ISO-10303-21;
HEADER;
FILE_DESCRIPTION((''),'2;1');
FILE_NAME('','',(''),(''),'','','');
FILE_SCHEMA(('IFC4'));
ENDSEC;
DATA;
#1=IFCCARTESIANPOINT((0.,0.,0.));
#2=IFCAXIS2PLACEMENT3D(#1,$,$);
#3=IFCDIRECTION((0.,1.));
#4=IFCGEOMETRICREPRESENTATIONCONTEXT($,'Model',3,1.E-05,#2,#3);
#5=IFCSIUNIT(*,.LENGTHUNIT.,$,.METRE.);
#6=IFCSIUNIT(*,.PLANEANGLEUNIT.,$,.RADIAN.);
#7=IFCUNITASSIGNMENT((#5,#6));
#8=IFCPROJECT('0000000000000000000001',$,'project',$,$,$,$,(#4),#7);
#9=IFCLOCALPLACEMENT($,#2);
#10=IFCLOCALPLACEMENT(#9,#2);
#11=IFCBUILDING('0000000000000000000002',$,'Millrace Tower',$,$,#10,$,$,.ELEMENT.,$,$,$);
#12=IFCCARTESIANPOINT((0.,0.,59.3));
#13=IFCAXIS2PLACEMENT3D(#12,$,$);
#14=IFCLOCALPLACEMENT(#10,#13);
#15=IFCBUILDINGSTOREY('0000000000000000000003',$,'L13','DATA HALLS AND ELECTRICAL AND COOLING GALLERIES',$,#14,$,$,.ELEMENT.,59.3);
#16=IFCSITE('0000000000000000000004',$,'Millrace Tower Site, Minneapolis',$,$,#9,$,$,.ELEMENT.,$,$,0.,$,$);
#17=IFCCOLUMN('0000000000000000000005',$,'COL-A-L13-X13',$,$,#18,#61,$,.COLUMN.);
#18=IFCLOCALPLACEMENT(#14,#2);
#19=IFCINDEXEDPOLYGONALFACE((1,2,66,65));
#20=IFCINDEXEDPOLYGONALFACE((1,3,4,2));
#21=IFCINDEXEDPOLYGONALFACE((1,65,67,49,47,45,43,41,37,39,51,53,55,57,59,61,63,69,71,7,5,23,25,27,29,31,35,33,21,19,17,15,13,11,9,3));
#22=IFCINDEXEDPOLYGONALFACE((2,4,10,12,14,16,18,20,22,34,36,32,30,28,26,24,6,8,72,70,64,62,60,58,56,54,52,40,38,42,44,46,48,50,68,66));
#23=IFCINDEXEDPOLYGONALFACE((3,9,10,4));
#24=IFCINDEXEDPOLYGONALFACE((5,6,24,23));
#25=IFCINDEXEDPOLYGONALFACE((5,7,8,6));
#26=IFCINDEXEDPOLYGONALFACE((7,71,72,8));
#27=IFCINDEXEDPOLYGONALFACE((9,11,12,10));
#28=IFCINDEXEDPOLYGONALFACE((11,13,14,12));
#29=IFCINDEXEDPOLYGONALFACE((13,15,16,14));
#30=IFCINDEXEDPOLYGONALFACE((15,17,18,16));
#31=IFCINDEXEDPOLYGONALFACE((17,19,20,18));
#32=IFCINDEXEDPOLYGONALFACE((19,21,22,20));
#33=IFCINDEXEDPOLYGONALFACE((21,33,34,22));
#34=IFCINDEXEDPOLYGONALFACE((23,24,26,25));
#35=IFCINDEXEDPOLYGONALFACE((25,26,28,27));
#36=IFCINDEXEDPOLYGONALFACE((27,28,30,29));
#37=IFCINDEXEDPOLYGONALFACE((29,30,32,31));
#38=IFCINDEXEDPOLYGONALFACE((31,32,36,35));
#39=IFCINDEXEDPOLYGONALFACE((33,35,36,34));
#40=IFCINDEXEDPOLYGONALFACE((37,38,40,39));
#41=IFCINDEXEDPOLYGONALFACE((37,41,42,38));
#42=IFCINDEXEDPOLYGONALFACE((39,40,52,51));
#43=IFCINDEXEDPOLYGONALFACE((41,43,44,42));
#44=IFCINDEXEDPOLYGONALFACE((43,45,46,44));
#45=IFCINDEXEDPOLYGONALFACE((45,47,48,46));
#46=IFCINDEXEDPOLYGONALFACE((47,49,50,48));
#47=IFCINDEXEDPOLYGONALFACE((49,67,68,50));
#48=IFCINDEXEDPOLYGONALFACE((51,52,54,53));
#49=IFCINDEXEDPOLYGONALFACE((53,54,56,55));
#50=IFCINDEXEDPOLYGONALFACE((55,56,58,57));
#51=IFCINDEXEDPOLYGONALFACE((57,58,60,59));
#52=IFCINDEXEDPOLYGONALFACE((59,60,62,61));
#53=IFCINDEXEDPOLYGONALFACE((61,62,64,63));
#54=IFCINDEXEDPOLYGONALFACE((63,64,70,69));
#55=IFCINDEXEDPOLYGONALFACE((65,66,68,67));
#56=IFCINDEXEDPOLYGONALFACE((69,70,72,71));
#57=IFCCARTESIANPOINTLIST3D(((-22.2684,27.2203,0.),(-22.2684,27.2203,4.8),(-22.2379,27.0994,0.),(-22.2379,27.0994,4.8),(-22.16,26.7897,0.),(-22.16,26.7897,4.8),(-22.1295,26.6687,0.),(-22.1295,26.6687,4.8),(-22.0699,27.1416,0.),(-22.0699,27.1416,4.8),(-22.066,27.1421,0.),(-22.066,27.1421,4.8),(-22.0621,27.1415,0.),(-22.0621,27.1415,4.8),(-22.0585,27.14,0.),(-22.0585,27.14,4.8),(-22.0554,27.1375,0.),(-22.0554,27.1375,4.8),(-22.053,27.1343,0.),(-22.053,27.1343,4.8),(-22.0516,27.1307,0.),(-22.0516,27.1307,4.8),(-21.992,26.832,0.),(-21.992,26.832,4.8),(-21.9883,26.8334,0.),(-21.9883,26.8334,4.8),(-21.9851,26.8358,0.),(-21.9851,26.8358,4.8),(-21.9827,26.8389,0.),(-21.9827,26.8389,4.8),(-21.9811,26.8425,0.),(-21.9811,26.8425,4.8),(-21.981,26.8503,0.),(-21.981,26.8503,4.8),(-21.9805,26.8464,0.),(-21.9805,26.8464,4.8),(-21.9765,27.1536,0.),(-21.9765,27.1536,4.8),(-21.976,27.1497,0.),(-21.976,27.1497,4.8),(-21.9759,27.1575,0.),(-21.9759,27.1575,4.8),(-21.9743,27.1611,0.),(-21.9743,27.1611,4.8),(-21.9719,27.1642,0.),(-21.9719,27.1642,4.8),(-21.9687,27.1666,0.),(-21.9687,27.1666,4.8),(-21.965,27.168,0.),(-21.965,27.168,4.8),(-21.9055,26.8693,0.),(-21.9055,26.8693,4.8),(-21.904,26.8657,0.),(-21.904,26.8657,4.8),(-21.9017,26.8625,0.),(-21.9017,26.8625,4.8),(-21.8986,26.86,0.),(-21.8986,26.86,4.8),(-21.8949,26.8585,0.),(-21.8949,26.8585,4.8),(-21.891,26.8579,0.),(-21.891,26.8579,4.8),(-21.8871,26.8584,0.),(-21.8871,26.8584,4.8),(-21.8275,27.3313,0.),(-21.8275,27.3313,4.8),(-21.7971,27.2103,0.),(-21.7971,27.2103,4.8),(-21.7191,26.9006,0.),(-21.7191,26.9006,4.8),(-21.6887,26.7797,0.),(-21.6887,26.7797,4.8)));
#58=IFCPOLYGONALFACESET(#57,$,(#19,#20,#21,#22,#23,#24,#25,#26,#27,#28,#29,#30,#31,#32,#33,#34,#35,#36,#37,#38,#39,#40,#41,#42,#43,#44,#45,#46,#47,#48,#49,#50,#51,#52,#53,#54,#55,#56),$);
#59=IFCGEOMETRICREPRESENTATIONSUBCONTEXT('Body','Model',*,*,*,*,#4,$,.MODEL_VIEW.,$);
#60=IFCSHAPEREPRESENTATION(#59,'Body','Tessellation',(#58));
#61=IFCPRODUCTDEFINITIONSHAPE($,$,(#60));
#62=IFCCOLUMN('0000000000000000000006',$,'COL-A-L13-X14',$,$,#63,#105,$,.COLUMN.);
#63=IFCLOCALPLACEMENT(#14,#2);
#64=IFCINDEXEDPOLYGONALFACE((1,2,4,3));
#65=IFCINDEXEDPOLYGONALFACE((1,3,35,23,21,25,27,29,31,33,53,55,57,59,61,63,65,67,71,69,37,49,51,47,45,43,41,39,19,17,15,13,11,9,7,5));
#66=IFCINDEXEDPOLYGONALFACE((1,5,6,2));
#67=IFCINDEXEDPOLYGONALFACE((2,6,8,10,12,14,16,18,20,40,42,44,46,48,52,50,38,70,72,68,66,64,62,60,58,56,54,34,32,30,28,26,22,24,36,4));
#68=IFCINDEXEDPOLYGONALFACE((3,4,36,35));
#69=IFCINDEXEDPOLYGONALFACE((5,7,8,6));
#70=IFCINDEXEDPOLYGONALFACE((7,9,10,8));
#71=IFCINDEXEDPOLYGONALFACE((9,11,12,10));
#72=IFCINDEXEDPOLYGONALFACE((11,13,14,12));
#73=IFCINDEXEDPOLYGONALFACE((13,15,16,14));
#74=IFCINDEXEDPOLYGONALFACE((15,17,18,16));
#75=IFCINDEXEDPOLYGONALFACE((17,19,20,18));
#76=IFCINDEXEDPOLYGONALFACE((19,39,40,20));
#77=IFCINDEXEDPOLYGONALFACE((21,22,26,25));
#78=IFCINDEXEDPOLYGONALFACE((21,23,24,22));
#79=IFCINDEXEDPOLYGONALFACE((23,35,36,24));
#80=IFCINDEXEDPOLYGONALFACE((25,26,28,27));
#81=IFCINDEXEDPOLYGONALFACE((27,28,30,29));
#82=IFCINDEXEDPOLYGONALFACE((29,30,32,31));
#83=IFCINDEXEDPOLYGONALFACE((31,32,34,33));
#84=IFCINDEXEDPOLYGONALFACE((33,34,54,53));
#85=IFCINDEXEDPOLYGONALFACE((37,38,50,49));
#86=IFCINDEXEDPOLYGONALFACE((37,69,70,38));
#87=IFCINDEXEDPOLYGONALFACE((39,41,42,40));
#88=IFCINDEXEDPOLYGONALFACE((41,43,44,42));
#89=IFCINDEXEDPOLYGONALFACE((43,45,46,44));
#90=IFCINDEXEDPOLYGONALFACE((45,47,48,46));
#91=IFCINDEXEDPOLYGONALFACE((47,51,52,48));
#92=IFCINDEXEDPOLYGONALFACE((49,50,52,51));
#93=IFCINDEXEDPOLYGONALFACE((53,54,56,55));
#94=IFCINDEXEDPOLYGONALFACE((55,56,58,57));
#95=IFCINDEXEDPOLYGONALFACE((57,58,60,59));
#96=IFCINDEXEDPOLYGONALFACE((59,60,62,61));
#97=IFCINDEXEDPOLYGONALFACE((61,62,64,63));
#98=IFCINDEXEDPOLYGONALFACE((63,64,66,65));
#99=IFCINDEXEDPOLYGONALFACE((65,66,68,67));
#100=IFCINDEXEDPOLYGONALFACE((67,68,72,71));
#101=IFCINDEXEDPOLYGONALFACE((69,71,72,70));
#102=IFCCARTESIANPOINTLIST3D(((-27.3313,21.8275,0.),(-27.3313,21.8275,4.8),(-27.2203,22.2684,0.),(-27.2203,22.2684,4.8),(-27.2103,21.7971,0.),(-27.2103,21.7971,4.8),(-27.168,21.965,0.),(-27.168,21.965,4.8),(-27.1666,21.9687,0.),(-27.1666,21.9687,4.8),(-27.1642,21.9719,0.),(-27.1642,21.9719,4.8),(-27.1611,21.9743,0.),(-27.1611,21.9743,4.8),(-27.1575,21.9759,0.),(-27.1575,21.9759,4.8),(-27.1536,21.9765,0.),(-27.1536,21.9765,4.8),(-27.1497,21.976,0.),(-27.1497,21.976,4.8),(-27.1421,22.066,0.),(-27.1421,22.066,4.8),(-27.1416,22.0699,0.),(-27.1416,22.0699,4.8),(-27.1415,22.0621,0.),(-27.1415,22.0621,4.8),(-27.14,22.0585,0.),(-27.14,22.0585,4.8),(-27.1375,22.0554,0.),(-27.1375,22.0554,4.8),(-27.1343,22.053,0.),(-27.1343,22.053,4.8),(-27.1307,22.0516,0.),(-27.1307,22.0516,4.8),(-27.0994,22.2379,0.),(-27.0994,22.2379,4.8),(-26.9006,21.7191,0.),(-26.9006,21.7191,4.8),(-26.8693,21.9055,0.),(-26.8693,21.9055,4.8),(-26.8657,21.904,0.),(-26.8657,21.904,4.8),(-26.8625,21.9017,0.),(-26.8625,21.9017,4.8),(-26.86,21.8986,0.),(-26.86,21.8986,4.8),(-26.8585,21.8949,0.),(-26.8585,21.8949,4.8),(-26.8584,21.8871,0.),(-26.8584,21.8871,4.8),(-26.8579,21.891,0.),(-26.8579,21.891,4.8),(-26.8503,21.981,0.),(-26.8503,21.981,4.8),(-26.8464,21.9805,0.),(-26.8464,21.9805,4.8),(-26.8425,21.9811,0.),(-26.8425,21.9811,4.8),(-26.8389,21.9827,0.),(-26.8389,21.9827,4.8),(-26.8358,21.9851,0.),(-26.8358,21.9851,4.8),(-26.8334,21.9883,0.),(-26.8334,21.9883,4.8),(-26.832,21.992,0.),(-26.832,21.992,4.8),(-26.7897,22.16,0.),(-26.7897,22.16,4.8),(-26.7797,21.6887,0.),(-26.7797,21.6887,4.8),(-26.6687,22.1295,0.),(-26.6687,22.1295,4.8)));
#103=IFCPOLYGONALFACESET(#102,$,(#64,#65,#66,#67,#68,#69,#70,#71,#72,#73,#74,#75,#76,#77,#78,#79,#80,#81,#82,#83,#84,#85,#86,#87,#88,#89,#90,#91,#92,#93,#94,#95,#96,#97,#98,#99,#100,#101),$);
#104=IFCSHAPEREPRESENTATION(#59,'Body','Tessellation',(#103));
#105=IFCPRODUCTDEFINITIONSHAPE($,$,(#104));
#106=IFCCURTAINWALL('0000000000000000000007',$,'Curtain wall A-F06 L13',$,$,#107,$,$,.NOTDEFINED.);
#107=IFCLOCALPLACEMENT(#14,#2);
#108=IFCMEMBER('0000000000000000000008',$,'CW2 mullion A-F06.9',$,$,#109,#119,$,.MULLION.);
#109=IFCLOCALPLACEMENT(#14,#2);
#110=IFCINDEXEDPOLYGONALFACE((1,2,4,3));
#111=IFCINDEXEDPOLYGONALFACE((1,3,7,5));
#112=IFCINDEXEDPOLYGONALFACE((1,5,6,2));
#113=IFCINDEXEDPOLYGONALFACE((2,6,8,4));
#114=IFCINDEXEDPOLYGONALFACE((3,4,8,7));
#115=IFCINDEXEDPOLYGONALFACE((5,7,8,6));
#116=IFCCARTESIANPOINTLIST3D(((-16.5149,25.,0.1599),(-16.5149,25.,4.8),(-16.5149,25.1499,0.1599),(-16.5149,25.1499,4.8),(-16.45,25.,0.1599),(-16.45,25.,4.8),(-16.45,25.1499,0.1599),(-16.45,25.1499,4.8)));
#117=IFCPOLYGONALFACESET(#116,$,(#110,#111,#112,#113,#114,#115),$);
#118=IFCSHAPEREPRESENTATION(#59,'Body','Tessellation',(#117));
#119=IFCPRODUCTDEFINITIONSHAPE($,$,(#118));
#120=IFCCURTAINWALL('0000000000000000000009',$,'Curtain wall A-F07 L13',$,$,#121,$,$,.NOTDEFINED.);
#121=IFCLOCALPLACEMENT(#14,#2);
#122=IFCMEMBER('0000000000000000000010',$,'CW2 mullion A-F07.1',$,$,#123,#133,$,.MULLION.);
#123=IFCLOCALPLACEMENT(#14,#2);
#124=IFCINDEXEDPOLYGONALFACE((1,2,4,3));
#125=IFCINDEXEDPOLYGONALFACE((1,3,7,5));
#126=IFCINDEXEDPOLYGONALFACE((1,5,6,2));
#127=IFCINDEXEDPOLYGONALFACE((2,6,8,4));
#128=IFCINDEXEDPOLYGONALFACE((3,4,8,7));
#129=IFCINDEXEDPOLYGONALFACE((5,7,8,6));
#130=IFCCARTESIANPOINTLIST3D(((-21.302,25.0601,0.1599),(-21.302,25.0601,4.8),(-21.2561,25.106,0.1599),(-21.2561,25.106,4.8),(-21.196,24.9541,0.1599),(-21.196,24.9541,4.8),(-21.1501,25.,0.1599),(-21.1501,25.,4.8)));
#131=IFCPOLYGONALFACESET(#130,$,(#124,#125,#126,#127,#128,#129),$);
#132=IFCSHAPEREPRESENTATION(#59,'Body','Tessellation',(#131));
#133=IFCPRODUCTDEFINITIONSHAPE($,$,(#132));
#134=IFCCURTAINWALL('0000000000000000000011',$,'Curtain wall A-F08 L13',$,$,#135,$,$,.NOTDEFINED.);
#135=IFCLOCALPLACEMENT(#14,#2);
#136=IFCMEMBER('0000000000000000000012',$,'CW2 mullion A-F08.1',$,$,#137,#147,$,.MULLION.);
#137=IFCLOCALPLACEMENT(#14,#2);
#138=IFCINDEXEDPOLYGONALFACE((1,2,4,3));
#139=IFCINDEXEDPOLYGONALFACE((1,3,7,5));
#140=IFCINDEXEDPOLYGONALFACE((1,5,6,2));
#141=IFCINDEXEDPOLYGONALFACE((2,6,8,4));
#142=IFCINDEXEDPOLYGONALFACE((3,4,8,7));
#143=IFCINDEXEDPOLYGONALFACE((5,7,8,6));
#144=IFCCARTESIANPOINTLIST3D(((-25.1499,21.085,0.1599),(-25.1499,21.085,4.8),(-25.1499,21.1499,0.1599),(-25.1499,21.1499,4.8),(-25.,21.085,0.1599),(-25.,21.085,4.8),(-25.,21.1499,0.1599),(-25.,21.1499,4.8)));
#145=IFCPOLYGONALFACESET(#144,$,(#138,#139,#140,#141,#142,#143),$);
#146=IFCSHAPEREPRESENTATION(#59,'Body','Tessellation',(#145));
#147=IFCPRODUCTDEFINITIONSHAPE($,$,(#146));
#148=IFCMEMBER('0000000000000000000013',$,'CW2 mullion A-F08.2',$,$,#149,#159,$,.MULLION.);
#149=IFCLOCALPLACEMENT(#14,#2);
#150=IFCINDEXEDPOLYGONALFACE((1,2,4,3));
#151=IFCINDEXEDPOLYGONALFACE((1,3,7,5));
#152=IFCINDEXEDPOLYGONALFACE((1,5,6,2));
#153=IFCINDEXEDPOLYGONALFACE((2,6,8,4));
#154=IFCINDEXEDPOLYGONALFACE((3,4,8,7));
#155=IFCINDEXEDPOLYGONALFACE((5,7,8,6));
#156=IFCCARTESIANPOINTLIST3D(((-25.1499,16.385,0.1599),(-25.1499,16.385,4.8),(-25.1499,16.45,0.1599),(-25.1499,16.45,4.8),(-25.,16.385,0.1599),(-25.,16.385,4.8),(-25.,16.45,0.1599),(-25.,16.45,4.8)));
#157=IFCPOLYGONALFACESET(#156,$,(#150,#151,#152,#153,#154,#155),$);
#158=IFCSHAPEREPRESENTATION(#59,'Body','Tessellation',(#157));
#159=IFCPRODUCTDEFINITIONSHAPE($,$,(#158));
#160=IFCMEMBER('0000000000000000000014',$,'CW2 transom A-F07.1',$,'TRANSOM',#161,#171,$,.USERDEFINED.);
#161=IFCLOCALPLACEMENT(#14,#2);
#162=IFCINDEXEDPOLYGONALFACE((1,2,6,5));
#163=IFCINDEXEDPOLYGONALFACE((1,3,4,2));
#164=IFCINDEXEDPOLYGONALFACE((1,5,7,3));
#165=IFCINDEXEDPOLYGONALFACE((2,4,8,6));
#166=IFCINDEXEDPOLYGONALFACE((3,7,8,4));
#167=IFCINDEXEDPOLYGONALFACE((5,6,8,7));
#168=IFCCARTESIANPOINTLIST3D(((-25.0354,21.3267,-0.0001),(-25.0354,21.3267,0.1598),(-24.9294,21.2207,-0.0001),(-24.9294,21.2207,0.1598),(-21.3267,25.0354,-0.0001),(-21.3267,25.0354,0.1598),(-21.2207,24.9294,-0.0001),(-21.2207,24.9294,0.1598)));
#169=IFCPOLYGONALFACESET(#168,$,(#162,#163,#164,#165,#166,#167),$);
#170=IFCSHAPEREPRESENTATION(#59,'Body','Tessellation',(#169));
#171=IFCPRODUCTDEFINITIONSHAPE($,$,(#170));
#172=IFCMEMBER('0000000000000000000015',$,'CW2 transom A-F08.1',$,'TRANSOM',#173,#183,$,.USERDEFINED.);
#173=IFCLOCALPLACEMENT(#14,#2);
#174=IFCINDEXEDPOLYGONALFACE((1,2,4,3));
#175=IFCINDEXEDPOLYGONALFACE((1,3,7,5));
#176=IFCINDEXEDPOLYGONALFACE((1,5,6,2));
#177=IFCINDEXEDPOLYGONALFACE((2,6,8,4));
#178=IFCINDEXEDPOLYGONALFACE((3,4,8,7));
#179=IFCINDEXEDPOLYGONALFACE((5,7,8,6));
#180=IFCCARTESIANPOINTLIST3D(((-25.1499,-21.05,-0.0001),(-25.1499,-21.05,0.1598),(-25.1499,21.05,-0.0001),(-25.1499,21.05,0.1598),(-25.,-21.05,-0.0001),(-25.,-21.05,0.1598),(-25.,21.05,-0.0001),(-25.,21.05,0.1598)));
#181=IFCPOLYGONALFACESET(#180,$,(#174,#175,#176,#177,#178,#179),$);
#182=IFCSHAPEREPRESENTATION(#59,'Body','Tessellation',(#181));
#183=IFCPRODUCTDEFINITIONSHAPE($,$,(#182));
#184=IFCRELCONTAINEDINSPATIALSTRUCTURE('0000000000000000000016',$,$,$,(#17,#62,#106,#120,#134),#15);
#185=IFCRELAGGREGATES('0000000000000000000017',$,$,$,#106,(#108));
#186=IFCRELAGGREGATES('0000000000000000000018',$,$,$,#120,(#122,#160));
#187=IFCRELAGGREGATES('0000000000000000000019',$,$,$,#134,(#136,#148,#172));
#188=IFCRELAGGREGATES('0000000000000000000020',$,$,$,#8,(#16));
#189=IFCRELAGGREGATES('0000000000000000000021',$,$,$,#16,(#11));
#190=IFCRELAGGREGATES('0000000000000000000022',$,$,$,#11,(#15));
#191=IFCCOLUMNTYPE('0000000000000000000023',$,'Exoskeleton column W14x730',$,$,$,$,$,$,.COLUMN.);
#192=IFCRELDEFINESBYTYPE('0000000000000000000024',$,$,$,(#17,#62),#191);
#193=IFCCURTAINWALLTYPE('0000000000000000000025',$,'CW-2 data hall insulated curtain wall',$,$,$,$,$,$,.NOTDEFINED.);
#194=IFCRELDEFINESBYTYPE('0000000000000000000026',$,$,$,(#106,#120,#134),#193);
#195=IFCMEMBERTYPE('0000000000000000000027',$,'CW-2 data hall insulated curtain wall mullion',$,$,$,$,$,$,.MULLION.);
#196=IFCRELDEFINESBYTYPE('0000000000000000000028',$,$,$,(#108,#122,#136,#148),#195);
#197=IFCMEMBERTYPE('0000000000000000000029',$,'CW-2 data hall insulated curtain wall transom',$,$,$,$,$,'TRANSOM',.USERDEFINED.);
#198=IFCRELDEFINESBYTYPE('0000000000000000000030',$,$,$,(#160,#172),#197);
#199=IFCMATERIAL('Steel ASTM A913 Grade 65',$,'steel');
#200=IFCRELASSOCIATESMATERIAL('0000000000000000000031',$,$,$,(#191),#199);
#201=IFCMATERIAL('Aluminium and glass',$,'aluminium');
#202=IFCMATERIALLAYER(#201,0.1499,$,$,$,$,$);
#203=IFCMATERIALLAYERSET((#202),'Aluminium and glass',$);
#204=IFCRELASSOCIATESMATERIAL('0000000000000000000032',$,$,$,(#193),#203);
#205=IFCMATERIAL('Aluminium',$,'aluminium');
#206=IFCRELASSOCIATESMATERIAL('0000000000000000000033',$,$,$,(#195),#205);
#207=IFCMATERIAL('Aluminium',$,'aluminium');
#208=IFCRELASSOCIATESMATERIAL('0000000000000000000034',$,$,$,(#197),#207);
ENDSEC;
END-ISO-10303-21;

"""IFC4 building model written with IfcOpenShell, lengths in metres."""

from ifc_helpers import new_model, si_unit, direction, frame, origin, origin_2d, place, context, subcontext, project, spatial, rectangle, i_section, extrude, material, layer, layer_set, material_profile, profile_set, type_object, element, aggregate, save


model = new_model("IFC4")

# Units and contexts
model_context = context("Model", 3, precision=1e-05, world=origin(), true_north=direction((0.0, 1.0)))
body_context = subcontext(model_context, "Body", "Model", "MODEL_VIEW")
ifc_project = project(units=[si_unit("LENGTHUNIT", "METRE"), si_unit("PLANEANGLEUNIT", "RADIAN")], contexts=[model_context])

# Site, building, storey
site_placement = place(None, origin())
site = spatial("IfcSite", under=ifc_project, at=site_placement, Name="Millrace Tower Site, Minneapolis", CompositionType="ELEMENT", RefElevation=0.0)
building_placement = place(site_placement, origin())
building = spatial("IfcBuilding", under=site, at=building_placement, Name="Millrace Tower", CompositionType="ELEMENT")
storey_placement = place(building_placement, frame((0.0, 0.0, 59.3)))
storey = spatial("IfcBuildingStorey", under=building, at=storey_placement, Name="L13", Description="DATA HALLS AND ELECTRICAL AND COOLING GALLERIES", CompositionType="ELEMENT", Elevation=59.3)

# Columns
ifc_material_1 = material(Name="Steel ASTM A913 Grade 65", Category="steel")
ifc_material_profile_1 = material_profile(ifc_material_1, i_section(OverallWidth=0.4546, OverallDepth=0.5688, WebThickness=0.0779, FlangeThickness=0.1248, FilletRadius=0.0151, at=origin_2d()))
ifc_profile_set_1 = profile_set([ifc_material_profile_1], Name="Steel ASTM A913 Grade 65")
column_type = type_object("IfcColumnType", Name="Exoskeleton column W14x730", PredefinedType="COLUMN", material=ifc_profile_set_1)
for number, where, z_axis, x_axis, name in (
    (1, (-21.9785, 27.0, 0.0), (0.0, 0.0, 1.0), (-0.969752, -0.244094, 0.0), "COL-A-L13-X13"),
    (2, (-27.0, 21.9785, 0.0), (0.0, 0.0, 1.0), (-0.244094, -0.969752, 0.0), "COL-A-L13-X14"),
):
    element("IfcColumn", number, at=place(storey_placement, frame(where, z_axis=z_axis, x_axis=x_axis)), inside=storey, type_object=column_type, Name=name, PredefinedType="COLUMN", context=body_context, shape_type="SweptSolid", body=[
        extrude(i_section(OverallWidth=0.4546, OverallDepth=0.5688, WebThickness=0.0779, FlangeThickness=0.1248, FilletRadius=0.0151, at=origin_2d()), origin(), (0.0, 0.0, 1.0), 4.8),
    ])

# Curtain walls, members
ifc_material_2 = material(Name="Aluminium and glass", Category="aluminium")
ifc_layer_1 = layer(ifc_material_2, 0.1499)
ifc_layer_set_1 = layer_set([ifc_layer_1], Name="Aluminium and glass")
curtain_wall_type = type_object("IfcCurtainWallType", Name="CW-2 data hall insulated curtain wall", PredefinedType="NOTDEFINED", material=ifc_layer_set_1)
placement = place(storey_placement, origin())
curtain_wall_1 = element("IfcCurtainWall", 3, at=placement, inside=storey, type_object=curtain_wall_type, Name="Curtain wall A-F06 L13", PredefinedType="NOTDEFINED")
ifc_material_3 = material(Name="Aluminium", Category="aluminium")
ifc_material_profile_2 = material_profile(ifc_material_3, rectangle(XDim=0.0649, YDim=0.1499, at=origin_2d()))
ifc_profile_set_2 = profile_set([ifc_material_profile_2], Name="Aluminium")
member_type_1 = type_object("IfcMemberType", Name="CW-2 data hall insulated curtain wall mullion", PredefinedType="MULLION", material=ifc_profile_set_2)
member_1_placement = place(storey_placement, frame((-16.4824, 25.075, 0.1599), z_axis=(0.0, 0.0, 1.0), x_axis=(-1.0, 0.0, 0.0)))
member_1 = element("IfcMember", 4, at=member_1_placement, type_object=member_type_1, Name="CW2 mullion A-F06.9", PredefinedType="MULLION", context=body_context, shape_type="SweptSolid", body=[
    extrude(rectangle(XDim=0.0649, YDim=0.1499, at=origin_2d()), origin(), (0.0, 0.0, 1.0), 4.6401),
])
aggregate(curtain_wall_1, [member_1])
curtain_wall_2 = element("IfcCurtainWall", 5, at=placement, inside=storey, type_object=curtain_wall_type, Name="Curtain wall A-F07 L13", PredefinedType="NOTDEFINED")
member_2_placement = place(storey_placement, frame((-21.2261, 25.03, 0.1599), z_axis=(0.0, 0.0, 1.0), x_axis=(-0.707107, -0.707107, 0.0)))
member_2 = element("IfcMember", 6, at=member_2_placement, type_object=member_type_1, Name="CW2 mullion A-F07.1", PredefinedType="MULLION", context=body_context, shape_type="SweptSolid", body=[
    extrude(rectangle(XDim=0.0649, YDim=0.1499, at=origin_2d()), origin(), (0.0, 0.0, 1.0), 4.6401),
])

# Curtain wall, members
curtain_wall_3 = element("IfcCurtainWall", 7, at=placement, inside=storey, type_object=curtain_wall_type, Name="Curtain wall A-F08 L13", PredefinedType="NOTDEFINED")
member_3_placement = place(storey_placement, frame((-25.075, 21.1174, 0.1599), z_axis=(0.0, 0.0, 1.0), x_axis=(0.0, -1.0, 0.0)))
member_3 = element("IfcMember", 8, at=member_3_placement, type_object=member_type_1, Name="CW2 mullion A-F08.1", PredefinedType="MULLION", context=body_context, shape_type="SweptSolid", body=[
    extrude(rectangle(XDim=0.0649, YDim=0.1499, at=origin_2d()), origin(), (0.0, 0.0, 1.0), 4.6401),
])
member_4_placement = place(storey_placement, frame((-25.075, 16.4175, 0.1599), z_axis=(0.0, 0.0, 1.0), x_axis=(0.0, -1.0, 0.0)))
member_4 = element("IfcMember", 9, at=member_4_placement, type_object=member_type_1, Name="CW2 mullion A-F08.2", PredefinedType="MULLION", context=body_context, shape_type="SweptSolid", body=[
    extrude(rectangle(XDim=0.0649, YDim=0.1499, at=origin_2d()), origin(), (0.0, 0.0, 1.0), 4.6401),
])

# Members
ifc_material_4 = material(Name="Aluminium", Category="aluminium")
ifc_material_profile_3 = material_profile(ifc_material_4, rectangle(XDim=0.1499, YDim=0.1599, at=origin_2d()))
ifc_profile_set_3 = profile_set([ifc_material_profile_3], Name="Aluminium")
member_type_2 = type_object("IfcMemberType", Name="CW-2 data hall insulated curtain wall transom", ElementType="TRANSOM", PredefinedType="USERDEFINED", material=ifc_profile_set_3)
member_5_placement = place(storey_placement, frame((-21.2737, 24.9824, 0.0798), z_axis=(-0.707107, -0.707107, 0.0), x_axis=(0.707107, -0.707107, 0.0)))
member_5 = element("IfcMember", 10, at=member_5_placement, type_object=member_type_2, Name="CW2 transom A-F07.1", ObjectType="TRANSOM", PredefinedType="USERDEFINED", context=body_context, shape_type="SweptSolid", body=[
    extrude(rectangle(XDim=0.1499, YDim=0.1599, at=origin_2d()), origin(), (0.0, 0.0, 1.0), 5.2449),
])
aggregate(curtain_wall_2, [member_2, member_5])
member_6_placement = place(storey_placement, frame((-25.075, 21.05, 0.0798), z_axis=(0.0, -1.0, 0.0), x_axis=(1.0, 0.0, 0.0)))
member_6 = element("IfcMember", 11, at=member_6_placement, type_object=member_type_2, Name="CW2 transom A-F08.1", ObjectType="TRANSOM", PredefinedType="USERDEFINED", context=body_context, shape_type="SweptSolid", body=[
    extrude(rectangle(XDim=0.1499, YDim=0.1599, at=origin_2d()), origin(), (0.0, 0.0, 1.0), 42.1001),
])
aggregate(curtain_wall_3, [member_3, member_4, member_6])

save(model, "model.ifc")
